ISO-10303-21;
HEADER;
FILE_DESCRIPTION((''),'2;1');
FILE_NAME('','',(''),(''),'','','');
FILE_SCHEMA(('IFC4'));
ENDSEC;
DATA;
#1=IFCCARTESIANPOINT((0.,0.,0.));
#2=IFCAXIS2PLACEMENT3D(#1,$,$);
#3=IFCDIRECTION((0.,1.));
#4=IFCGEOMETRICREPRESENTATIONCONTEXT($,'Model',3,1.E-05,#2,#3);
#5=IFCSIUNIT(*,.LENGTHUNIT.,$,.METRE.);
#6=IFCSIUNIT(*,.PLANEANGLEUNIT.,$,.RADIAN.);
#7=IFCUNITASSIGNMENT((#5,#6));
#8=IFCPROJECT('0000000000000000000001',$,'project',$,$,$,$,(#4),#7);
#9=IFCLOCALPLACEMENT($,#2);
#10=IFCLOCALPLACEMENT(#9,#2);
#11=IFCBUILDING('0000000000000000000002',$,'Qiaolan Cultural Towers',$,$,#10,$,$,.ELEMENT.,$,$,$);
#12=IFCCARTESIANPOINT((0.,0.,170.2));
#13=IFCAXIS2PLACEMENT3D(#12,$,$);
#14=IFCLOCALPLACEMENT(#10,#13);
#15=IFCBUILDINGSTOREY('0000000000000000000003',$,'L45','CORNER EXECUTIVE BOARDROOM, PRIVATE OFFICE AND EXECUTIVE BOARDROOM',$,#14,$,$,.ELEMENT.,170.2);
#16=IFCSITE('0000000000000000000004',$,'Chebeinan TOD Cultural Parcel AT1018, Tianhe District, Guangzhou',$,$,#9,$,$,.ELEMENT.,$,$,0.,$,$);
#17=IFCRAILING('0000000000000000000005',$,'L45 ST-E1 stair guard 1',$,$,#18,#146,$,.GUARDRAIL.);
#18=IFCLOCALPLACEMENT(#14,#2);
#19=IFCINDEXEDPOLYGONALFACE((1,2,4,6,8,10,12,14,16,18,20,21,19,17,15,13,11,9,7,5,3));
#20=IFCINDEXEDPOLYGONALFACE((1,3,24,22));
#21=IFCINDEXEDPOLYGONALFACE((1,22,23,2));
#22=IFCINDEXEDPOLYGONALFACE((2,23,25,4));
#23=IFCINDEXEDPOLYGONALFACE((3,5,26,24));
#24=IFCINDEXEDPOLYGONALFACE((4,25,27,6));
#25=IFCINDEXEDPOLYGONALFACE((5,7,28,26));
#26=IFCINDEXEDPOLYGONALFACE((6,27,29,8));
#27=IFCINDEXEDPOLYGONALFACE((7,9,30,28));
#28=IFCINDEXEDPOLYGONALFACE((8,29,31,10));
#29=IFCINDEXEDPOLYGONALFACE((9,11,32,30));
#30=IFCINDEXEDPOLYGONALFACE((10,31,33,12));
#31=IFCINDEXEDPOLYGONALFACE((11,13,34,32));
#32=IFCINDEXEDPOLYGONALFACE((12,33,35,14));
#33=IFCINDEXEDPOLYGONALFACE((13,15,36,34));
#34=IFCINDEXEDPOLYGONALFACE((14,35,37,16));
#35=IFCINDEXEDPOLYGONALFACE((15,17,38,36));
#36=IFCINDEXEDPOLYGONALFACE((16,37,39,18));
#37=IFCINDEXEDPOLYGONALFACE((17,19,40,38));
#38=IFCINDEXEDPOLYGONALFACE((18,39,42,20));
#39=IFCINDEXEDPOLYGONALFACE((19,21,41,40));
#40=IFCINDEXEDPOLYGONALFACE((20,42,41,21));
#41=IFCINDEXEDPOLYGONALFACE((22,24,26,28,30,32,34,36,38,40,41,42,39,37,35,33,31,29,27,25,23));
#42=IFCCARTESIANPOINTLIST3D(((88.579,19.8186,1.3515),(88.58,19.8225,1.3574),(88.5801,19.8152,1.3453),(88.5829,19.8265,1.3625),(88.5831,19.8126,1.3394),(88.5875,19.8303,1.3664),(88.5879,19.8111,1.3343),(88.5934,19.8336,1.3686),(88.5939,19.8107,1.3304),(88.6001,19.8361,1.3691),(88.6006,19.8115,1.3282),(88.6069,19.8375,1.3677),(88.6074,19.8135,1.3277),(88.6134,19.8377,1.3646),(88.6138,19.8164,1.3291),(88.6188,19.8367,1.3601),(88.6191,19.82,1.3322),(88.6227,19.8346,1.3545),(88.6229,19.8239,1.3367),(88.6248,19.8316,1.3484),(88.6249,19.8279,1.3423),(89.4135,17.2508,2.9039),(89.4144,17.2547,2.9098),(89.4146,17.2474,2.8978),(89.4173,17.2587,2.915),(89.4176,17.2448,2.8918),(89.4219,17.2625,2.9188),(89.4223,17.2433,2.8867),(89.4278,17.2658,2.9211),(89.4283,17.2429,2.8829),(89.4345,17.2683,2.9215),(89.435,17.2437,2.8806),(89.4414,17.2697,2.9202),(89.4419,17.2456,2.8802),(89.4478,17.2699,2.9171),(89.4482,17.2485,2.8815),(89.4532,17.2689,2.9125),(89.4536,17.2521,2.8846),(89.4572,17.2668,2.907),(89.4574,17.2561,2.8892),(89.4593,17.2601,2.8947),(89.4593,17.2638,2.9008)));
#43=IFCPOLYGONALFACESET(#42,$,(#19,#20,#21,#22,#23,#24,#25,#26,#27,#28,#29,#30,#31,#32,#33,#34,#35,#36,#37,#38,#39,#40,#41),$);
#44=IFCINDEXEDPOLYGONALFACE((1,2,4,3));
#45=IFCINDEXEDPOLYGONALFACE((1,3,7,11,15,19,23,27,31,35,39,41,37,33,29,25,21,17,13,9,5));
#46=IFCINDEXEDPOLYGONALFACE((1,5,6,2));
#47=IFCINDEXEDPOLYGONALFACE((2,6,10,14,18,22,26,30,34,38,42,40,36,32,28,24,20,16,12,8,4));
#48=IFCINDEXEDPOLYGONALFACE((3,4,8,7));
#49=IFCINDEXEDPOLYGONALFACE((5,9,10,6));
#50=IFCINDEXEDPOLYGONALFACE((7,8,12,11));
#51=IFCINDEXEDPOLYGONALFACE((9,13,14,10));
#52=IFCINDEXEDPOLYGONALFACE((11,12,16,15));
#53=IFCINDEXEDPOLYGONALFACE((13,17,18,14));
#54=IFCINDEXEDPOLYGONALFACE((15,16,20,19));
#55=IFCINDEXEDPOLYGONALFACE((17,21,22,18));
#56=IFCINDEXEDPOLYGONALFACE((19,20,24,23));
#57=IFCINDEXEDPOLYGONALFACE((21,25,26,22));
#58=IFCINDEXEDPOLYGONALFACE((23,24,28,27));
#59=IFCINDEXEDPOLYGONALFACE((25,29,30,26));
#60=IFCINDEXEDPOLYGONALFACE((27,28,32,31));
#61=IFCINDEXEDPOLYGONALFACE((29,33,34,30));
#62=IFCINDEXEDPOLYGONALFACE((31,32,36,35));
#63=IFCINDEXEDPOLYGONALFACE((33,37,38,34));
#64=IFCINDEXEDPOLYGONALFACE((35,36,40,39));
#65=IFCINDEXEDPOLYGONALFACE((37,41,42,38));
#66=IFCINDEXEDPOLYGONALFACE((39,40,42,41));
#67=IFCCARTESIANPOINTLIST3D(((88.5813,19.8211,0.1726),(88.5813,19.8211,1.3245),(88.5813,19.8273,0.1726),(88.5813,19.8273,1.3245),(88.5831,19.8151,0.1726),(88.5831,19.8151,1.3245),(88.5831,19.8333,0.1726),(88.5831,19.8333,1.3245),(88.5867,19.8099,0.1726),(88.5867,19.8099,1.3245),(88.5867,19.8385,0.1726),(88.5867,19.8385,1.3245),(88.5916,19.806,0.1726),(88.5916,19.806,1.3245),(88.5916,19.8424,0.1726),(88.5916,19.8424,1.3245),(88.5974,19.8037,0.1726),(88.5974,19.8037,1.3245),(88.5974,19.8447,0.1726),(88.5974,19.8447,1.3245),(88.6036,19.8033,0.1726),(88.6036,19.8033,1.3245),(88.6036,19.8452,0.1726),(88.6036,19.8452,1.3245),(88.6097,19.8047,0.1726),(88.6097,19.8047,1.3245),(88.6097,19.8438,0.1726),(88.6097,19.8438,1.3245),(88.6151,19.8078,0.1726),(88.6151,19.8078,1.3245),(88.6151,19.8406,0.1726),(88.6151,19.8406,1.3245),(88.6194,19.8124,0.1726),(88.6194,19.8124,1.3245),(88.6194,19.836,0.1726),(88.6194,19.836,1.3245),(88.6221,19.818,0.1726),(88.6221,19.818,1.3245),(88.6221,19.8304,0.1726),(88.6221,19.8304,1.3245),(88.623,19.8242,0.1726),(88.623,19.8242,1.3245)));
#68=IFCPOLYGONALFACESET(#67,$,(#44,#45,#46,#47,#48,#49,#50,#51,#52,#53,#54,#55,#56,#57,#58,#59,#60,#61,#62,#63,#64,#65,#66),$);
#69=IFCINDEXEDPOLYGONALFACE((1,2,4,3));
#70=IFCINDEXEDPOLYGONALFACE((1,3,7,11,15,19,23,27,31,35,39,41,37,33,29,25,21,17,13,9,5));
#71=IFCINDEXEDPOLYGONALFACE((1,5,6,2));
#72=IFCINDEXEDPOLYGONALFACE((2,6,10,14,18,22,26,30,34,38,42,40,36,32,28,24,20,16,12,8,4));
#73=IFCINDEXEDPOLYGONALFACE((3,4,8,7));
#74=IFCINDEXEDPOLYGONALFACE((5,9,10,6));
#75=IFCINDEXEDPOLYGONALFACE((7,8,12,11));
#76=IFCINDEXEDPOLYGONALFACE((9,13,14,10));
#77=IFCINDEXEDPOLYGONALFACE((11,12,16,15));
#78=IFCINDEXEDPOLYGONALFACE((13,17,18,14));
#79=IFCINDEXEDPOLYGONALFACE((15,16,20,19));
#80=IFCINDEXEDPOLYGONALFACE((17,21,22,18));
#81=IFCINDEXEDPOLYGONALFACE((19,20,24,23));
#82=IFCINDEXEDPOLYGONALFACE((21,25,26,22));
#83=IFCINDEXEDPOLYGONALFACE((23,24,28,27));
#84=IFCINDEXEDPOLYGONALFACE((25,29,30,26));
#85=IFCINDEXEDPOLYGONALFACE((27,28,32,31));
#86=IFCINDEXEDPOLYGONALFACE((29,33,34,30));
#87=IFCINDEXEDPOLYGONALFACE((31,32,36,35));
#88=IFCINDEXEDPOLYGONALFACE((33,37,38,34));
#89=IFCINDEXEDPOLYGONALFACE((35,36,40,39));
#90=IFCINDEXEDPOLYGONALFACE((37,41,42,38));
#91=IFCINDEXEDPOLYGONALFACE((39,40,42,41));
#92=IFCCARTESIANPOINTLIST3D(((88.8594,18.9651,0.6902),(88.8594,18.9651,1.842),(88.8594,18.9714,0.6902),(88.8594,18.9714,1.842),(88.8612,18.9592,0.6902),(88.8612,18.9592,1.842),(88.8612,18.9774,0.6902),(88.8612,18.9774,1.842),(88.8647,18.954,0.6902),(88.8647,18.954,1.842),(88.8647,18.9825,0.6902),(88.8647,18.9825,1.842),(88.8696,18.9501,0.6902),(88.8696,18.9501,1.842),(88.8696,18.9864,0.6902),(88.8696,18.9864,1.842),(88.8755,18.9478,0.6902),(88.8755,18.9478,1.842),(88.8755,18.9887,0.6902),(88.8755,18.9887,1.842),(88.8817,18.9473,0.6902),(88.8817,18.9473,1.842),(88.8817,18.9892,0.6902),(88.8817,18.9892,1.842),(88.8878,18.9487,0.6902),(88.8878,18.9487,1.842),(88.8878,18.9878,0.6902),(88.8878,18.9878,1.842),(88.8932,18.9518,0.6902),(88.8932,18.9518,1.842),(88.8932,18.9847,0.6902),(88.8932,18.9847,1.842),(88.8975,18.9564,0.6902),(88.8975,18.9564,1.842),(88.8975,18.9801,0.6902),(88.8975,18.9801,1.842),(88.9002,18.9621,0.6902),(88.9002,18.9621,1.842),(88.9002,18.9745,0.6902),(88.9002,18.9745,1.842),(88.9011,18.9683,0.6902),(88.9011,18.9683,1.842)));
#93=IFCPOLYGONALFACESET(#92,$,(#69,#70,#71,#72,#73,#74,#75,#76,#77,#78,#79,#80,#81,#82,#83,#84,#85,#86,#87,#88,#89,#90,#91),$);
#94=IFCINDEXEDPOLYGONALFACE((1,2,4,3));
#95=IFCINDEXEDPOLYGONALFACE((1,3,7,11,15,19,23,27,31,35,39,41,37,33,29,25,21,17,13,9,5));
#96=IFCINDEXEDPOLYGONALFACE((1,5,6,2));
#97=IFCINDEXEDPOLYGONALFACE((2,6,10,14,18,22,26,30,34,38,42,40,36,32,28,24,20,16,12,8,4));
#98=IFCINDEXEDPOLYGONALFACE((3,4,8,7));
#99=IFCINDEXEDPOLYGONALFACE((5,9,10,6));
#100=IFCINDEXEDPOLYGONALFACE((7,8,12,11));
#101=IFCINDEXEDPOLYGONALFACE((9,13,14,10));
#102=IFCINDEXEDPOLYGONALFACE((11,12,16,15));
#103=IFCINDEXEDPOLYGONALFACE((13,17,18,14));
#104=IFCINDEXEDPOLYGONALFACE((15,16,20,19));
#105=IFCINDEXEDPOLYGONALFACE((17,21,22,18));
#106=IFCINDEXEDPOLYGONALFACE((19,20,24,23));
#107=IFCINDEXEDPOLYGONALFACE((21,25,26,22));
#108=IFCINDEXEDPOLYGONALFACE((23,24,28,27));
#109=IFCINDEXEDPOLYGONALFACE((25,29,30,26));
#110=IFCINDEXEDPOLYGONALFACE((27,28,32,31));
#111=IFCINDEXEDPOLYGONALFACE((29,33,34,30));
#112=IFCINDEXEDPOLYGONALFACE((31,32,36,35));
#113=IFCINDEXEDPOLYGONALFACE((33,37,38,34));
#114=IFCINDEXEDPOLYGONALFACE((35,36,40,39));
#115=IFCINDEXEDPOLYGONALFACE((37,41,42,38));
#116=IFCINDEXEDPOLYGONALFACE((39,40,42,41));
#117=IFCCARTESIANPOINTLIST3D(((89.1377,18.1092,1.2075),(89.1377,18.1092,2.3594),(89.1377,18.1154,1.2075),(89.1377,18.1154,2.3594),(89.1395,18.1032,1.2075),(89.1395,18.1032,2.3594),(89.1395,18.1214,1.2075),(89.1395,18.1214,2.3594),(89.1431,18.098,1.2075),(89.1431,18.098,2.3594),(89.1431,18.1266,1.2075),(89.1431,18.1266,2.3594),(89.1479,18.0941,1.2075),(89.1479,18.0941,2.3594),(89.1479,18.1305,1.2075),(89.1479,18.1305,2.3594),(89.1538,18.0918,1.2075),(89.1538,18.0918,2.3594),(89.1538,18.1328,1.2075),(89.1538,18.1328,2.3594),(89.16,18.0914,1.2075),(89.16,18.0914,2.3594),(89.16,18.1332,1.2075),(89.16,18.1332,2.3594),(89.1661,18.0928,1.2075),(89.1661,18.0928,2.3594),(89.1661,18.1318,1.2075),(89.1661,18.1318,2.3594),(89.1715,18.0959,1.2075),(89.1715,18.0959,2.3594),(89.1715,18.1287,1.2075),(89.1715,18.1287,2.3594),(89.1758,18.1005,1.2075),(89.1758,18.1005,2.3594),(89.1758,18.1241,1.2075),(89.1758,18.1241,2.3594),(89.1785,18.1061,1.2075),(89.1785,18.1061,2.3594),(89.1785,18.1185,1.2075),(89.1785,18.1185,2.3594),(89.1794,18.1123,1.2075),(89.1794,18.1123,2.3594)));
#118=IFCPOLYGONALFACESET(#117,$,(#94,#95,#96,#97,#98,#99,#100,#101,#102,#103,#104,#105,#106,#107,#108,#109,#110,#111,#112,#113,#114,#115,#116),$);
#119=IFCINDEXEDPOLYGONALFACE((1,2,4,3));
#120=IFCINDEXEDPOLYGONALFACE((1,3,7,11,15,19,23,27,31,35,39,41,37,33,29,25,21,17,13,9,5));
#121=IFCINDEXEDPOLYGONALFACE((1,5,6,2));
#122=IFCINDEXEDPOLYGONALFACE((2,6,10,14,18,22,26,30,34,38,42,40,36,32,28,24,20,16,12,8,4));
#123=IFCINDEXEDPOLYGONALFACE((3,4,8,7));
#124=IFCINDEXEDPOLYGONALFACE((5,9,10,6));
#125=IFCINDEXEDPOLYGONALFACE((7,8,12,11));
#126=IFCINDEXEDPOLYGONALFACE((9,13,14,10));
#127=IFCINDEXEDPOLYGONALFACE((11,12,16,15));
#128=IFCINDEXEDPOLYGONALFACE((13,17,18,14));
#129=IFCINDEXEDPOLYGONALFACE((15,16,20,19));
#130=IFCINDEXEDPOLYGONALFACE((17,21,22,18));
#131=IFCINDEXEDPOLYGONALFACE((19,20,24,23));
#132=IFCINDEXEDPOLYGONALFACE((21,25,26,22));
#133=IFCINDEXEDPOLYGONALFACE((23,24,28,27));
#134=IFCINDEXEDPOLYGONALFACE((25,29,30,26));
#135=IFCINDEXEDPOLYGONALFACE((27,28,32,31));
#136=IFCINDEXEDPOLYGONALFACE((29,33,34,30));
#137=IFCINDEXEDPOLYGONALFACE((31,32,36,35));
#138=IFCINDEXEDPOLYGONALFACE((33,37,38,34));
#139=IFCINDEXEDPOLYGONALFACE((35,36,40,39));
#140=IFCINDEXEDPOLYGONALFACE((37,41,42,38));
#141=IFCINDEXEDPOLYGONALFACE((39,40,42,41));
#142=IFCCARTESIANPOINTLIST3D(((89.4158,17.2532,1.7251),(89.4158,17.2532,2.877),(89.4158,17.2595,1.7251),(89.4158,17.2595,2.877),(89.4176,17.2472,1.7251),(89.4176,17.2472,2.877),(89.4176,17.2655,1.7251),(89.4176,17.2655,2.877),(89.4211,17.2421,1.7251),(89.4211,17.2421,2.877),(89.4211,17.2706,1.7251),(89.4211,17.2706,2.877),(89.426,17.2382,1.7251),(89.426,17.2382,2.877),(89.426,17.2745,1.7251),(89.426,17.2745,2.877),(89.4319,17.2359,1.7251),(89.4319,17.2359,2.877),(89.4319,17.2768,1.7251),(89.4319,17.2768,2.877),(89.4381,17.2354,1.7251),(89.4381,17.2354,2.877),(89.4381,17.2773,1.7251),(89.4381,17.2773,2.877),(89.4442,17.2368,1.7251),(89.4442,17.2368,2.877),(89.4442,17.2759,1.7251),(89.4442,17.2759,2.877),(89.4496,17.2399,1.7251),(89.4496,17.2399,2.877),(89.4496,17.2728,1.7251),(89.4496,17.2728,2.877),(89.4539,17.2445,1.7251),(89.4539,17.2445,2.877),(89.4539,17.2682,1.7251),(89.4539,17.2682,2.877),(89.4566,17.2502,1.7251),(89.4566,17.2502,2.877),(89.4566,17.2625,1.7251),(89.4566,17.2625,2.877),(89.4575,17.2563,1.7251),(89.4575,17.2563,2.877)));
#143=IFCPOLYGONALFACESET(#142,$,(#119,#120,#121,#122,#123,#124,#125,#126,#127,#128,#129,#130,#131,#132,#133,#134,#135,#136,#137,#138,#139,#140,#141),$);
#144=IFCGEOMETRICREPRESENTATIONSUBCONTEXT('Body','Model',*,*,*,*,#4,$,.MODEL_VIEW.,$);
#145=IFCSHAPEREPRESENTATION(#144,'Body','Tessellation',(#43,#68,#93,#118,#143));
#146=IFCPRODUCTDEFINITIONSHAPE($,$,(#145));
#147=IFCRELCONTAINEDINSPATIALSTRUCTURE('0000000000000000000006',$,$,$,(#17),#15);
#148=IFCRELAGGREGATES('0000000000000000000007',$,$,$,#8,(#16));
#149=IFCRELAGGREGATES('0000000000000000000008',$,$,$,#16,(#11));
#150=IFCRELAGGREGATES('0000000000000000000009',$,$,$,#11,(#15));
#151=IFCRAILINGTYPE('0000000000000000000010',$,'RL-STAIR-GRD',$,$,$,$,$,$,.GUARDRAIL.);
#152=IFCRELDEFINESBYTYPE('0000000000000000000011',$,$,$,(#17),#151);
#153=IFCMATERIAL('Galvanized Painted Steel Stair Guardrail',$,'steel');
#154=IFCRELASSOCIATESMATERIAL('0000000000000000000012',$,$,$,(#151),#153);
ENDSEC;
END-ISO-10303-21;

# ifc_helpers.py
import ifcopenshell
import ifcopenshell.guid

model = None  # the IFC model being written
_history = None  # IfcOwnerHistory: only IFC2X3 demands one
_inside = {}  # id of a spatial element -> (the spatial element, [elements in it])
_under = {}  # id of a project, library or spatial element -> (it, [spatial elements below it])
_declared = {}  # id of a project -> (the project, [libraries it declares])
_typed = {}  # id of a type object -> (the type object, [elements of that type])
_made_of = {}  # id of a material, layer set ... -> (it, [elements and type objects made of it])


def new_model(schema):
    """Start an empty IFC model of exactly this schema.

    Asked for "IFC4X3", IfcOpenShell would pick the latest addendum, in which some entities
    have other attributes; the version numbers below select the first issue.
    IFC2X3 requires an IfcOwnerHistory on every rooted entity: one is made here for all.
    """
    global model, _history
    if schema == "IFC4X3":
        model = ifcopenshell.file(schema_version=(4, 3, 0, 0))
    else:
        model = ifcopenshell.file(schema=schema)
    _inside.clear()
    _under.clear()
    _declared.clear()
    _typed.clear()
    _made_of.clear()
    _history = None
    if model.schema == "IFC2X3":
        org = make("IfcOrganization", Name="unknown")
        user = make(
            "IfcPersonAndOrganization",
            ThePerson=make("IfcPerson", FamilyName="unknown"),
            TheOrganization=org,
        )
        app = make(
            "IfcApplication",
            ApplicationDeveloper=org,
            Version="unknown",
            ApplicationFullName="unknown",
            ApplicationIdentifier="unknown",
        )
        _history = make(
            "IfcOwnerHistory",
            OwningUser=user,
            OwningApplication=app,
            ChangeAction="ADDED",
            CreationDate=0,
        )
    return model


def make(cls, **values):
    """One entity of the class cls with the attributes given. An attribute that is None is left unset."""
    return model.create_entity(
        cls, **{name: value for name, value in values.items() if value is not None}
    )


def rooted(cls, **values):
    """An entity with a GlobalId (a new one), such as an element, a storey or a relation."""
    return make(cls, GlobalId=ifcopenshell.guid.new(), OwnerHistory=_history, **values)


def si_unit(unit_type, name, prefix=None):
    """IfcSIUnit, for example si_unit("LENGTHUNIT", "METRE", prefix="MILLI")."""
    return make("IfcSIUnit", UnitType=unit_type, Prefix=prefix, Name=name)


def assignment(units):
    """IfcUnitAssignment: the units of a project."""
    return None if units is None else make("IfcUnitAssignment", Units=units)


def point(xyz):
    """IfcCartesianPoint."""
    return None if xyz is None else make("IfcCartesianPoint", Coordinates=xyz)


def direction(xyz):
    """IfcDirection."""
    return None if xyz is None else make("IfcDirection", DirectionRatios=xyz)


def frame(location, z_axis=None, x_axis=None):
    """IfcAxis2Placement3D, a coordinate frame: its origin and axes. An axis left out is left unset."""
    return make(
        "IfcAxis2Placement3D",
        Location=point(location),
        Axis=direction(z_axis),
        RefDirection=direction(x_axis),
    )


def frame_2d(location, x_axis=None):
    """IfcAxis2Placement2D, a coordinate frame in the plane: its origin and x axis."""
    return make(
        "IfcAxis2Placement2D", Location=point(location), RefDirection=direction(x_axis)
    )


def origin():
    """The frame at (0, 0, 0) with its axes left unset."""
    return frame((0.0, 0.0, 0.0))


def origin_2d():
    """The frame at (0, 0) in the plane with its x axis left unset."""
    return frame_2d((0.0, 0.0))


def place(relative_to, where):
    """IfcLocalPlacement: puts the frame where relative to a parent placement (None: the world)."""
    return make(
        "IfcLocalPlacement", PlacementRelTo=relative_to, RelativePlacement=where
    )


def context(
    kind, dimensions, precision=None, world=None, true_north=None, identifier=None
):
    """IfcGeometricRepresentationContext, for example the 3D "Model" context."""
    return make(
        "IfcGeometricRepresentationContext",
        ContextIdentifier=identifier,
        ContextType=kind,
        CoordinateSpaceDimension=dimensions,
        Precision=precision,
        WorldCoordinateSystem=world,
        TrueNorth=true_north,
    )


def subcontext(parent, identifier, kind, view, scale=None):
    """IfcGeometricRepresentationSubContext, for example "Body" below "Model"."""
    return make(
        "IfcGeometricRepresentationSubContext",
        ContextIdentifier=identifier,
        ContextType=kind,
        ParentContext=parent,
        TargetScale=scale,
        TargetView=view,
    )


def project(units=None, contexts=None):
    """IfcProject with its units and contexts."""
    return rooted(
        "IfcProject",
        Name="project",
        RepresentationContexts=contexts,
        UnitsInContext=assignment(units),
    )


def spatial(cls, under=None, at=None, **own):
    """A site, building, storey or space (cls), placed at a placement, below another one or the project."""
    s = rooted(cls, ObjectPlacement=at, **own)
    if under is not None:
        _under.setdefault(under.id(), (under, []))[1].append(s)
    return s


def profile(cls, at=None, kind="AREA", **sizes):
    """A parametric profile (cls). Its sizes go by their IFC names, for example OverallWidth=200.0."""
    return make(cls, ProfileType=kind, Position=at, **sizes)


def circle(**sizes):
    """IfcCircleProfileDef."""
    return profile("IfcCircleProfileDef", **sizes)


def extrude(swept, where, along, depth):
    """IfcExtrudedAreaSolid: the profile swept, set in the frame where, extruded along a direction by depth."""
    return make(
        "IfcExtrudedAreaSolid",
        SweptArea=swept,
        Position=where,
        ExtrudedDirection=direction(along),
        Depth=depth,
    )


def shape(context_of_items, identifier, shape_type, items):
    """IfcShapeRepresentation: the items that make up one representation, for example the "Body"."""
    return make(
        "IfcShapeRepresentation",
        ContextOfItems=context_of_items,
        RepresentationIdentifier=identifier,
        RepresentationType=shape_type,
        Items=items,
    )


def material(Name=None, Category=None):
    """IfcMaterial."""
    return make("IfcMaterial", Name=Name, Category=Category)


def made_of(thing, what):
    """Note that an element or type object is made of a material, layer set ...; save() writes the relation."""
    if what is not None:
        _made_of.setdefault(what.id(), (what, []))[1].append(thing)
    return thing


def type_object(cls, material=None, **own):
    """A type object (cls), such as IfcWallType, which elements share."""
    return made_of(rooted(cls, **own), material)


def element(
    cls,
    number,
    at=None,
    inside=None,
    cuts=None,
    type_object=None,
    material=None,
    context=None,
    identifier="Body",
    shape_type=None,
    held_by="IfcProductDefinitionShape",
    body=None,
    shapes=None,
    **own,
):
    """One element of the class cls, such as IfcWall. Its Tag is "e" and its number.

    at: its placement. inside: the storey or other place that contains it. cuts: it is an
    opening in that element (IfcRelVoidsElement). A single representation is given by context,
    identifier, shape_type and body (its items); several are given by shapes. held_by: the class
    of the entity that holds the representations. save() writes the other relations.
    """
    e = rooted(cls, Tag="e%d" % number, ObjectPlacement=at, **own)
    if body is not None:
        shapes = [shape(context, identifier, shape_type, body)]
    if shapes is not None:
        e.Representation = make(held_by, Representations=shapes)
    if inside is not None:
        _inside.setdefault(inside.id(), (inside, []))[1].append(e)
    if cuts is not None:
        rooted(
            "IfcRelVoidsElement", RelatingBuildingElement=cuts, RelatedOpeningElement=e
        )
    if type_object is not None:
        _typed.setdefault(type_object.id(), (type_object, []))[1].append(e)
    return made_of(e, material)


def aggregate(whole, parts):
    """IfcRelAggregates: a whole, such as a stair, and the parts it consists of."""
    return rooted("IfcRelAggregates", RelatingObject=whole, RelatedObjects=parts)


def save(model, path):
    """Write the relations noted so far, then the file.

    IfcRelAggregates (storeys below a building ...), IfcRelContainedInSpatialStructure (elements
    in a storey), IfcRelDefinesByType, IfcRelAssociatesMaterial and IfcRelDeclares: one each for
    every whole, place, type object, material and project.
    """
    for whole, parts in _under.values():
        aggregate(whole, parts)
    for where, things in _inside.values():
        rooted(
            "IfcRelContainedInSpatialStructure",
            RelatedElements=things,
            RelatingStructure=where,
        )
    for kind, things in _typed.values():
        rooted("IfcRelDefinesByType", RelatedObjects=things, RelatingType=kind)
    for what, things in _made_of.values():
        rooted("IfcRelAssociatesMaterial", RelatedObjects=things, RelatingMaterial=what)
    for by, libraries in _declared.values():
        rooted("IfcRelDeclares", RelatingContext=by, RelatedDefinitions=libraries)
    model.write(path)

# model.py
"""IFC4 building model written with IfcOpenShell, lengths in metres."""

from ifc_helpers import new_model, si_unit, direction, frame, origin, origin_2d, place, context, subcontext, project, spatial, circle, extrude, material, type_object, element, save


model = new_model("IFC4")

# Units and contexts
model_context = context("Model", 3, precision=1e-05, world=origin(), true_north=direction((0.0, 1.0)))
body_context = subcontext(model_context, "Body", "Model", "MODEL_VIEW")
ifc_project = project(units=[si_unit("LENGTHUNIT", "METRE"), si_unit("PLANEANGLEUNIT", "RADIAN")], contexts=[model_context])

# Site, building, storey
site_placement = place(None, origin())
site = spatial("IfcSite", under=ifc_project, at=site_placement, Name="Chebeinan TOD Cultural Parcel AT1018, Tianhe District, Guangzhou", CompositionType="ELEMENT", RefElevation=0.0)
building_placement = place(site_placement, origin())
building = spatial("IfcBuilding", under=site, at=building_placement, Name="Qiaolan Cultural Towers", CompositionType="ELEMENT")
storey_placement = place(building_placement, frame((0.0, 0.0, 170.2)))
storey = spatial("IfcBuildingStorey", under=building, at=storey_placement, Name="L45", Description="CORNER EXECUTIVE BOARDROOM, PRIVATE OFFICE AND EXECUTIVE BOARDROOM", CompositionType="ELEMENT", Elevation=170.2)

# Railing
ifc_material_1 = material(Name="Galvanized Painted Steel Stair Guardrail", Category="steel")
railing_type_1 = type_object("IfcRailingType", Name="RL-STAIR-GRD", PredefinedType="GUARDRAIL", material=ifc_material_1)
railing_1_placement = place(storey_placement, frame((88.6021, 19.8242, 0.1726)))
element("IfcRailing", 1, at=railing_1_placement, inside=storey, type_object=railing_type_1, Name="L45 ST-E1 stair guard 1", PredefinedType="GUARDRAIL", context=body_context, shape_type="SweptSolid", body=[
    extrude(circle(Radius=0.0239, at=origin_2d()), frame((0.0, 0.0, 1.1758), z_axis=(0.267926, -0.824471, 0.498461), x_axis=(0.951043, 0.309057, 0.0)), (0.0, 0.0, 1.0), 3.1145),
    extrude(circle(Radius=0.021, at=origin_2d()), origin(), (0.0, 0.0, 1.0), 1.1519),
    extrude(circle(Radius=0.021, at=origin_2d()), frame((0.2781, -0.856, 0.5176)), (0.0, 0.0, 1.0), 1.1519),
    extrude(circle(Radius=0.021, at=origin_2d()), frame((0.5564, -1.7119, 1.0349)), (0.0, 0.0, 1.0), 1.1519),
    extrude(circle(Radius=0.021, at=origin_2d()), frame((0.8345, -2.5679, 1.5525)), (0.0, 0.0, 1.0), 1.1519),
])

save(model, "model.ifc")
